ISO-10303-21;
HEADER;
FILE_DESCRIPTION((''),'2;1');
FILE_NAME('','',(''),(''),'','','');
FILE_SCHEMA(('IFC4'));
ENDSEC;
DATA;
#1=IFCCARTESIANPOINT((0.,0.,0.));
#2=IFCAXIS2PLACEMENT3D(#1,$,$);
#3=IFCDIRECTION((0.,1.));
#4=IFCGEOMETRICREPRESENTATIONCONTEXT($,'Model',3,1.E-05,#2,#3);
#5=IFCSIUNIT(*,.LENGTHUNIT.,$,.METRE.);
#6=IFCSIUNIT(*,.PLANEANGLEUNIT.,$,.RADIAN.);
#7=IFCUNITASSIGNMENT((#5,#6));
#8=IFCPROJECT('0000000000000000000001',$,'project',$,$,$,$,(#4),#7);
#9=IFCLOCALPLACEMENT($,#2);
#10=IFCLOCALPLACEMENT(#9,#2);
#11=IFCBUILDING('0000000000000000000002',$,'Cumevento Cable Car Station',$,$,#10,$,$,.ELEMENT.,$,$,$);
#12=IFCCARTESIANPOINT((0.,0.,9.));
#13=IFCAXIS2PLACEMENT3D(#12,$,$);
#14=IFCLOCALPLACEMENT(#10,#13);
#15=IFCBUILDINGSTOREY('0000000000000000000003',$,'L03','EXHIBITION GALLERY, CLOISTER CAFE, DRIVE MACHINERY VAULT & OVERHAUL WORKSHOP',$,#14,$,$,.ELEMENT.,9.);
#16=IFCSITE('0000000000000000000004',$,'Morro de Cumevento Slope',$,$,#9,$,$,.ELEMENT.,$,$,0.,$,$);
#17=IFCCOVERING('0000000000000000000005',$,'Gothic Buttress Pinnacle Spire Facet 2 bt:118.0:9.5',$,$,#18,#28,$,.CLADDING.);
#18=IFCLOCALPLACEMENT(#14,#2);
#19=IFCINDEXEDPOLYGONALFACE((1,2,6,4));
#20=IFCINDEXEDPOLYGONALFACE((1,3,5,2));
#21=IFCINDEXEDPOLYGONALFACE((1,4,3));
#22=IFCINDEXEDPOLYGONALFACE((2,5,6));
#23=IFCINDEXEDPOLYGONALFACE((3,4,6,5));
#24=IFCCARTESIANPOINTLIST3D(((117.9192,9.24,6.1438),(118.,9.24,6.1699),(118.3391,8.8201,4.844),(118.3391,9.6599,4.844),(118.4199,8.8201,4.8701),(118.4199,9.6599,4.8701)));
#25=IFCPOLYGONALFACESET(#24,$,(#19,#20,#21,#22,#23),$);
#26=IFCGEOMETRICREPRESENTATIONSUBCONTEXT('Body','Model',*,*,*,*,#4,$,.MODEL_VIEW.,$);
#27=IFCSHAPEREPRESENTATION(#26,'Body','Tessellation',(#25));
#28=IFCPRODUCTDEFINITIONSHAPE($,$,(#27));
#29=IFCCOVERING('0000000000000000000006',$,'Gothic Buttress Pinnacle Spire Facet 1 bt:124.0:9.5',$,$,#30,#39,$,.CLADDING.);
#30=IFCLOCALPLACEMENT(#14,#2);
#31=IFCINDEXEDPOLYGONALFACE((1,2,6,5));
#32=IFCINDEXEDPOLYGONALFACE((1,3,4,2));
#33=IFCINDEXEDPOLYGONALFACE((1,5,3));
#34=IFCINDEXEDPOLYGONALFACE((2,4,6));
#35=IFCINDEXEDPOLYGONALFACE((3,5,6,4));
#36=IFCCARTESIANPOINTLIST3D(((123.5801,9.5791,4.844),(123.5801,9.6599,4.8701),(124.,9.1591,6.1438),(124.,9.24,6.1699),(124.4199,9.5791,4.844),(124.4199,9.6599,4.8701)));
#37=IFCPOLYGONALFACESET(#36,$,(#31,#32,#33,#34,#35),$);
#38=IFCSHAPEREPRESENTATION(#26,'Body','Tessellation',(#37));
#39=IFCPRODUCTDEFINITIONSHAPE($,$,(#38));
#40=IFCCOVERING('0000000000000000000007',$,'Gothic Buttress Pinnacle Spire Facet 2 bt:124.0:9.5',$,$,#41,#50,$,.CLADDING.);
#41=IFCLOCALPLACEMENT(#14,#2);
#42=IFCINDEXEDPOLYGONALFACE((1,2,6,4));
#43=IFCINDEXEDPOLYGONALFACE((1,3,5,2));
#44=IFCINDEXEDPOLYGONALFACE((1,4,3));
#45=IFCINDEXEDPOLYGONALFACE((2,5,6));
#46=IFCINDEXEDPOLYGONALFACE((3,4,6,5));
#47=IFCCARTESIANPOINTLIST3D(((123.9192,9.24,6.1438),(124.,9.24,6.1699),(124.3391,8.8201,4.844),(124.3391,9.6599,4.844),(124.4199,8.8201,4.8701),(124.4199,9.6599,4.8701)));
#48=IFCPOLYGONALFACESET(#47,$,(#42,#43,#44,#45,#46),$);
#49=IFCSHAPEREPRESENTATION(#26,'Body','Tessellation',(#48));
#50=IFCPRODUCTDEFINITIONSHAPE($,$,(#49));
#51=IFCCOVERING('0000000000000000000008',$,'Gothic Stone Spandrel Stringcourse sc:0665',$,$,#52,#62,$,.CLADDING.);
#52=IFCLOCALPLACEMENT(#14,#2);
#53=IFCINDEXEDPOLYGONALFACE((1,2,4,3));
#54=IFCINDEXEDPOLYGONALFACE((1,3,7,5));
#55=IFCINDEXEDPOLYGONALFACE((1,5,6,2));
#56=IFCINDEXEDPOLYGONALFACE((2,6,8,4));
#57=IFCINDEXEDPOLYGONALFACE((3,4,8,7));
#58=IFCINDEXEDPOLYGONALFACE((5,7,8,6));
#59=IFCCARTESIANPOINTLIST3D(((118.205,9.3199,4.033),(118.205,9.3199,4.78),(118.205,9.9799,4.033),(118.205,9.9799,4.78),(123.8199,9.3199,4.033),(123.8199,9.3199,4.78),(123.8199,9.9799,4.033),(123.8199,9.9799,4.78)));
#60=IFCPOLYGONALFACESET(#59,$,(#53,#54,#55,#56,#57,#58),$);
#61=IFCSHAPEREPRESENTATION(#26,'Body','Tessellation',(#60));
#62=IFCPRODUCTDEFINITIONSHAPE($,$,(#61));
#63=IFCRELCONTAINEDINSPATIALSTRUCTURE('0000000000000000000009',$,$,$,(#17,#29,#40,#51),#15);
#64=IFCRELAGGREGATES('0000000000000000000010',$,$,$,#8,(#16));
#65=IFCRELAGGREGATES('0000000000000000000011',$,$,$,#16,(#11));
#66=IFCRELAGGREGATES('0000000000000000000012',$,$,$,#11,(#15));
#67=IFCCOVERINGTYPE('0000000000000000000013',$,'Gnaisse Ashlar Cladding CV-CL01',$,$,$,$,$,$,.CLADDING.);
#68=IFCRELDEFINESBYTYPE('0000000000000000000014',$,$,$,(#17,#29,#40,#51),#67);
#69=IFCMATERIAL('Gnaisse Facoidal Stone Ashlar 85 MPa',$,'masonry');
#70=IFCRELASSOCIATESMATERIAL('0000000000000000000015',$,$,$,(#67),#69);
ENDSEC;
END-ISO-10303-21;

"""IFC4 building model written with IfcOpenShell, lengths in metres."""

from ifc_helpers import new_model, si_unit, direction, frame, origin, origin_2d, place, context, subcontext, project, spatial, polyline, rectangle, outline, extrude, material, type_object, element, save


model = new_model("IFC4")

# Units and contexts
model_context = context("Model", 3, precision=1e-05, world=origin(), true_north=direction((0.0, 1.0)))
body_context = subcontext(model_context, "Body", "Model", "MODEL_VIEW")
ifc_project = project(units=[si_unit("LENGTHUNIT", "METRE"), si_unit("PLANEANGLEUNIT", "RADIAN")], contexts=[model_context])

# Site, building, storey
site_placement = place(None, origin())
site = spatial("IfcSite", under=ifc_project, at=site_placement, Name="Morro de Cumevento Slope", CompositionType="ELEMENT", RefElevation=0.0)
building_placement = place(site_placement, origin())
building = spatial("IfcBuilding", under=site, at=building_placement, Name="Cumevento Cable Car Station", CompositionType="ELEMENT")
storey_placement = place(building_placement, frame((0.0, 0.0, 9.0)))
storey = spatial("IfcBuildingStorey", under=building, at=storey_placement, Name="L03", Description="EXHIBITION GALLERY, CLOISTER CAFE, DRIVE MACHINERY VAULT & OVERHAUL WORKSHOP", CompositionType="ELEMENT", Elevation=9.0)

# Coverings
ifc_material_1 = material(Name="Gnaisse Facoidal Stone Ashlar 85 MPa", Category="masonry")
covering_type = type_object("IfcCoveringType", Name="Gnaisse Ashlar Cladding CV-CL01", PredefinedType="CLADDING", material=ifc_material_1)
for number, where, z_axis, x_axis, name in (
    (1, (118.4199, 9.6599, 4.8701), (0.951574, 0.0, 0.307421), (0.0, -1.0, 0.0), "Gothic Buttress Pinnacle Spire Facet 2 bt:118.0:9.5"),
    (2, (123.5801, 9.6599, 4.8701), (0.0, 0.951574, 0.307421), (1.0, 0.0, 0.0), "Gothic Buttress Pinnacle Spire Facet 1 bt:124.0:9.5"),
    (3, (124.4199, 9.6599, 4.8701), (0.951574, 0.0, 0.307421), (0.0, -1.0, 0.0), "Gothic Buttress Pinnacle Spire Facet 2 bt:124.0:9.5"),
):
    element("IfcCovering", number, at=place(storey_placement, frame(where, z_axis=z_axis, x_axis=x_axis)), inside=storey, type_object=covering_type, Name=name, PredefinedType="CLADDING", context=body_context, shape_type="SweptSolid", body=[
        extrude(outline(polyline([(0.0, 0.0), (0.8398, 0.0), (0.4199, -1.366), (0.0, 0.0)])), origin(), (0.0, 0.0, -1.0), 0.085),
    ])
covering_1_placement = place(storey_placement, frame((121.0125, 9.6499, 4.033), z_axis=(0.0, 0.0, 1.0), x_axis=(-1.0, 0.0, 0.0)))
element("IfcCovering", 4, at=covering_1_placement, inside=storey, type_object=covering_type, Name="Gothic Stone Spandrel Stringcourse sc:0665", PredefinedType="CLADDING", context=body_context, shape_type="SweptSolid", body=[
    extrude(rectangle(XDim=5.615, YDim=0.6599, at=origin_2d()), origin(), (0.0, 0.0, 1.0), 0.7471),
])

save(model, "model.ifc")
